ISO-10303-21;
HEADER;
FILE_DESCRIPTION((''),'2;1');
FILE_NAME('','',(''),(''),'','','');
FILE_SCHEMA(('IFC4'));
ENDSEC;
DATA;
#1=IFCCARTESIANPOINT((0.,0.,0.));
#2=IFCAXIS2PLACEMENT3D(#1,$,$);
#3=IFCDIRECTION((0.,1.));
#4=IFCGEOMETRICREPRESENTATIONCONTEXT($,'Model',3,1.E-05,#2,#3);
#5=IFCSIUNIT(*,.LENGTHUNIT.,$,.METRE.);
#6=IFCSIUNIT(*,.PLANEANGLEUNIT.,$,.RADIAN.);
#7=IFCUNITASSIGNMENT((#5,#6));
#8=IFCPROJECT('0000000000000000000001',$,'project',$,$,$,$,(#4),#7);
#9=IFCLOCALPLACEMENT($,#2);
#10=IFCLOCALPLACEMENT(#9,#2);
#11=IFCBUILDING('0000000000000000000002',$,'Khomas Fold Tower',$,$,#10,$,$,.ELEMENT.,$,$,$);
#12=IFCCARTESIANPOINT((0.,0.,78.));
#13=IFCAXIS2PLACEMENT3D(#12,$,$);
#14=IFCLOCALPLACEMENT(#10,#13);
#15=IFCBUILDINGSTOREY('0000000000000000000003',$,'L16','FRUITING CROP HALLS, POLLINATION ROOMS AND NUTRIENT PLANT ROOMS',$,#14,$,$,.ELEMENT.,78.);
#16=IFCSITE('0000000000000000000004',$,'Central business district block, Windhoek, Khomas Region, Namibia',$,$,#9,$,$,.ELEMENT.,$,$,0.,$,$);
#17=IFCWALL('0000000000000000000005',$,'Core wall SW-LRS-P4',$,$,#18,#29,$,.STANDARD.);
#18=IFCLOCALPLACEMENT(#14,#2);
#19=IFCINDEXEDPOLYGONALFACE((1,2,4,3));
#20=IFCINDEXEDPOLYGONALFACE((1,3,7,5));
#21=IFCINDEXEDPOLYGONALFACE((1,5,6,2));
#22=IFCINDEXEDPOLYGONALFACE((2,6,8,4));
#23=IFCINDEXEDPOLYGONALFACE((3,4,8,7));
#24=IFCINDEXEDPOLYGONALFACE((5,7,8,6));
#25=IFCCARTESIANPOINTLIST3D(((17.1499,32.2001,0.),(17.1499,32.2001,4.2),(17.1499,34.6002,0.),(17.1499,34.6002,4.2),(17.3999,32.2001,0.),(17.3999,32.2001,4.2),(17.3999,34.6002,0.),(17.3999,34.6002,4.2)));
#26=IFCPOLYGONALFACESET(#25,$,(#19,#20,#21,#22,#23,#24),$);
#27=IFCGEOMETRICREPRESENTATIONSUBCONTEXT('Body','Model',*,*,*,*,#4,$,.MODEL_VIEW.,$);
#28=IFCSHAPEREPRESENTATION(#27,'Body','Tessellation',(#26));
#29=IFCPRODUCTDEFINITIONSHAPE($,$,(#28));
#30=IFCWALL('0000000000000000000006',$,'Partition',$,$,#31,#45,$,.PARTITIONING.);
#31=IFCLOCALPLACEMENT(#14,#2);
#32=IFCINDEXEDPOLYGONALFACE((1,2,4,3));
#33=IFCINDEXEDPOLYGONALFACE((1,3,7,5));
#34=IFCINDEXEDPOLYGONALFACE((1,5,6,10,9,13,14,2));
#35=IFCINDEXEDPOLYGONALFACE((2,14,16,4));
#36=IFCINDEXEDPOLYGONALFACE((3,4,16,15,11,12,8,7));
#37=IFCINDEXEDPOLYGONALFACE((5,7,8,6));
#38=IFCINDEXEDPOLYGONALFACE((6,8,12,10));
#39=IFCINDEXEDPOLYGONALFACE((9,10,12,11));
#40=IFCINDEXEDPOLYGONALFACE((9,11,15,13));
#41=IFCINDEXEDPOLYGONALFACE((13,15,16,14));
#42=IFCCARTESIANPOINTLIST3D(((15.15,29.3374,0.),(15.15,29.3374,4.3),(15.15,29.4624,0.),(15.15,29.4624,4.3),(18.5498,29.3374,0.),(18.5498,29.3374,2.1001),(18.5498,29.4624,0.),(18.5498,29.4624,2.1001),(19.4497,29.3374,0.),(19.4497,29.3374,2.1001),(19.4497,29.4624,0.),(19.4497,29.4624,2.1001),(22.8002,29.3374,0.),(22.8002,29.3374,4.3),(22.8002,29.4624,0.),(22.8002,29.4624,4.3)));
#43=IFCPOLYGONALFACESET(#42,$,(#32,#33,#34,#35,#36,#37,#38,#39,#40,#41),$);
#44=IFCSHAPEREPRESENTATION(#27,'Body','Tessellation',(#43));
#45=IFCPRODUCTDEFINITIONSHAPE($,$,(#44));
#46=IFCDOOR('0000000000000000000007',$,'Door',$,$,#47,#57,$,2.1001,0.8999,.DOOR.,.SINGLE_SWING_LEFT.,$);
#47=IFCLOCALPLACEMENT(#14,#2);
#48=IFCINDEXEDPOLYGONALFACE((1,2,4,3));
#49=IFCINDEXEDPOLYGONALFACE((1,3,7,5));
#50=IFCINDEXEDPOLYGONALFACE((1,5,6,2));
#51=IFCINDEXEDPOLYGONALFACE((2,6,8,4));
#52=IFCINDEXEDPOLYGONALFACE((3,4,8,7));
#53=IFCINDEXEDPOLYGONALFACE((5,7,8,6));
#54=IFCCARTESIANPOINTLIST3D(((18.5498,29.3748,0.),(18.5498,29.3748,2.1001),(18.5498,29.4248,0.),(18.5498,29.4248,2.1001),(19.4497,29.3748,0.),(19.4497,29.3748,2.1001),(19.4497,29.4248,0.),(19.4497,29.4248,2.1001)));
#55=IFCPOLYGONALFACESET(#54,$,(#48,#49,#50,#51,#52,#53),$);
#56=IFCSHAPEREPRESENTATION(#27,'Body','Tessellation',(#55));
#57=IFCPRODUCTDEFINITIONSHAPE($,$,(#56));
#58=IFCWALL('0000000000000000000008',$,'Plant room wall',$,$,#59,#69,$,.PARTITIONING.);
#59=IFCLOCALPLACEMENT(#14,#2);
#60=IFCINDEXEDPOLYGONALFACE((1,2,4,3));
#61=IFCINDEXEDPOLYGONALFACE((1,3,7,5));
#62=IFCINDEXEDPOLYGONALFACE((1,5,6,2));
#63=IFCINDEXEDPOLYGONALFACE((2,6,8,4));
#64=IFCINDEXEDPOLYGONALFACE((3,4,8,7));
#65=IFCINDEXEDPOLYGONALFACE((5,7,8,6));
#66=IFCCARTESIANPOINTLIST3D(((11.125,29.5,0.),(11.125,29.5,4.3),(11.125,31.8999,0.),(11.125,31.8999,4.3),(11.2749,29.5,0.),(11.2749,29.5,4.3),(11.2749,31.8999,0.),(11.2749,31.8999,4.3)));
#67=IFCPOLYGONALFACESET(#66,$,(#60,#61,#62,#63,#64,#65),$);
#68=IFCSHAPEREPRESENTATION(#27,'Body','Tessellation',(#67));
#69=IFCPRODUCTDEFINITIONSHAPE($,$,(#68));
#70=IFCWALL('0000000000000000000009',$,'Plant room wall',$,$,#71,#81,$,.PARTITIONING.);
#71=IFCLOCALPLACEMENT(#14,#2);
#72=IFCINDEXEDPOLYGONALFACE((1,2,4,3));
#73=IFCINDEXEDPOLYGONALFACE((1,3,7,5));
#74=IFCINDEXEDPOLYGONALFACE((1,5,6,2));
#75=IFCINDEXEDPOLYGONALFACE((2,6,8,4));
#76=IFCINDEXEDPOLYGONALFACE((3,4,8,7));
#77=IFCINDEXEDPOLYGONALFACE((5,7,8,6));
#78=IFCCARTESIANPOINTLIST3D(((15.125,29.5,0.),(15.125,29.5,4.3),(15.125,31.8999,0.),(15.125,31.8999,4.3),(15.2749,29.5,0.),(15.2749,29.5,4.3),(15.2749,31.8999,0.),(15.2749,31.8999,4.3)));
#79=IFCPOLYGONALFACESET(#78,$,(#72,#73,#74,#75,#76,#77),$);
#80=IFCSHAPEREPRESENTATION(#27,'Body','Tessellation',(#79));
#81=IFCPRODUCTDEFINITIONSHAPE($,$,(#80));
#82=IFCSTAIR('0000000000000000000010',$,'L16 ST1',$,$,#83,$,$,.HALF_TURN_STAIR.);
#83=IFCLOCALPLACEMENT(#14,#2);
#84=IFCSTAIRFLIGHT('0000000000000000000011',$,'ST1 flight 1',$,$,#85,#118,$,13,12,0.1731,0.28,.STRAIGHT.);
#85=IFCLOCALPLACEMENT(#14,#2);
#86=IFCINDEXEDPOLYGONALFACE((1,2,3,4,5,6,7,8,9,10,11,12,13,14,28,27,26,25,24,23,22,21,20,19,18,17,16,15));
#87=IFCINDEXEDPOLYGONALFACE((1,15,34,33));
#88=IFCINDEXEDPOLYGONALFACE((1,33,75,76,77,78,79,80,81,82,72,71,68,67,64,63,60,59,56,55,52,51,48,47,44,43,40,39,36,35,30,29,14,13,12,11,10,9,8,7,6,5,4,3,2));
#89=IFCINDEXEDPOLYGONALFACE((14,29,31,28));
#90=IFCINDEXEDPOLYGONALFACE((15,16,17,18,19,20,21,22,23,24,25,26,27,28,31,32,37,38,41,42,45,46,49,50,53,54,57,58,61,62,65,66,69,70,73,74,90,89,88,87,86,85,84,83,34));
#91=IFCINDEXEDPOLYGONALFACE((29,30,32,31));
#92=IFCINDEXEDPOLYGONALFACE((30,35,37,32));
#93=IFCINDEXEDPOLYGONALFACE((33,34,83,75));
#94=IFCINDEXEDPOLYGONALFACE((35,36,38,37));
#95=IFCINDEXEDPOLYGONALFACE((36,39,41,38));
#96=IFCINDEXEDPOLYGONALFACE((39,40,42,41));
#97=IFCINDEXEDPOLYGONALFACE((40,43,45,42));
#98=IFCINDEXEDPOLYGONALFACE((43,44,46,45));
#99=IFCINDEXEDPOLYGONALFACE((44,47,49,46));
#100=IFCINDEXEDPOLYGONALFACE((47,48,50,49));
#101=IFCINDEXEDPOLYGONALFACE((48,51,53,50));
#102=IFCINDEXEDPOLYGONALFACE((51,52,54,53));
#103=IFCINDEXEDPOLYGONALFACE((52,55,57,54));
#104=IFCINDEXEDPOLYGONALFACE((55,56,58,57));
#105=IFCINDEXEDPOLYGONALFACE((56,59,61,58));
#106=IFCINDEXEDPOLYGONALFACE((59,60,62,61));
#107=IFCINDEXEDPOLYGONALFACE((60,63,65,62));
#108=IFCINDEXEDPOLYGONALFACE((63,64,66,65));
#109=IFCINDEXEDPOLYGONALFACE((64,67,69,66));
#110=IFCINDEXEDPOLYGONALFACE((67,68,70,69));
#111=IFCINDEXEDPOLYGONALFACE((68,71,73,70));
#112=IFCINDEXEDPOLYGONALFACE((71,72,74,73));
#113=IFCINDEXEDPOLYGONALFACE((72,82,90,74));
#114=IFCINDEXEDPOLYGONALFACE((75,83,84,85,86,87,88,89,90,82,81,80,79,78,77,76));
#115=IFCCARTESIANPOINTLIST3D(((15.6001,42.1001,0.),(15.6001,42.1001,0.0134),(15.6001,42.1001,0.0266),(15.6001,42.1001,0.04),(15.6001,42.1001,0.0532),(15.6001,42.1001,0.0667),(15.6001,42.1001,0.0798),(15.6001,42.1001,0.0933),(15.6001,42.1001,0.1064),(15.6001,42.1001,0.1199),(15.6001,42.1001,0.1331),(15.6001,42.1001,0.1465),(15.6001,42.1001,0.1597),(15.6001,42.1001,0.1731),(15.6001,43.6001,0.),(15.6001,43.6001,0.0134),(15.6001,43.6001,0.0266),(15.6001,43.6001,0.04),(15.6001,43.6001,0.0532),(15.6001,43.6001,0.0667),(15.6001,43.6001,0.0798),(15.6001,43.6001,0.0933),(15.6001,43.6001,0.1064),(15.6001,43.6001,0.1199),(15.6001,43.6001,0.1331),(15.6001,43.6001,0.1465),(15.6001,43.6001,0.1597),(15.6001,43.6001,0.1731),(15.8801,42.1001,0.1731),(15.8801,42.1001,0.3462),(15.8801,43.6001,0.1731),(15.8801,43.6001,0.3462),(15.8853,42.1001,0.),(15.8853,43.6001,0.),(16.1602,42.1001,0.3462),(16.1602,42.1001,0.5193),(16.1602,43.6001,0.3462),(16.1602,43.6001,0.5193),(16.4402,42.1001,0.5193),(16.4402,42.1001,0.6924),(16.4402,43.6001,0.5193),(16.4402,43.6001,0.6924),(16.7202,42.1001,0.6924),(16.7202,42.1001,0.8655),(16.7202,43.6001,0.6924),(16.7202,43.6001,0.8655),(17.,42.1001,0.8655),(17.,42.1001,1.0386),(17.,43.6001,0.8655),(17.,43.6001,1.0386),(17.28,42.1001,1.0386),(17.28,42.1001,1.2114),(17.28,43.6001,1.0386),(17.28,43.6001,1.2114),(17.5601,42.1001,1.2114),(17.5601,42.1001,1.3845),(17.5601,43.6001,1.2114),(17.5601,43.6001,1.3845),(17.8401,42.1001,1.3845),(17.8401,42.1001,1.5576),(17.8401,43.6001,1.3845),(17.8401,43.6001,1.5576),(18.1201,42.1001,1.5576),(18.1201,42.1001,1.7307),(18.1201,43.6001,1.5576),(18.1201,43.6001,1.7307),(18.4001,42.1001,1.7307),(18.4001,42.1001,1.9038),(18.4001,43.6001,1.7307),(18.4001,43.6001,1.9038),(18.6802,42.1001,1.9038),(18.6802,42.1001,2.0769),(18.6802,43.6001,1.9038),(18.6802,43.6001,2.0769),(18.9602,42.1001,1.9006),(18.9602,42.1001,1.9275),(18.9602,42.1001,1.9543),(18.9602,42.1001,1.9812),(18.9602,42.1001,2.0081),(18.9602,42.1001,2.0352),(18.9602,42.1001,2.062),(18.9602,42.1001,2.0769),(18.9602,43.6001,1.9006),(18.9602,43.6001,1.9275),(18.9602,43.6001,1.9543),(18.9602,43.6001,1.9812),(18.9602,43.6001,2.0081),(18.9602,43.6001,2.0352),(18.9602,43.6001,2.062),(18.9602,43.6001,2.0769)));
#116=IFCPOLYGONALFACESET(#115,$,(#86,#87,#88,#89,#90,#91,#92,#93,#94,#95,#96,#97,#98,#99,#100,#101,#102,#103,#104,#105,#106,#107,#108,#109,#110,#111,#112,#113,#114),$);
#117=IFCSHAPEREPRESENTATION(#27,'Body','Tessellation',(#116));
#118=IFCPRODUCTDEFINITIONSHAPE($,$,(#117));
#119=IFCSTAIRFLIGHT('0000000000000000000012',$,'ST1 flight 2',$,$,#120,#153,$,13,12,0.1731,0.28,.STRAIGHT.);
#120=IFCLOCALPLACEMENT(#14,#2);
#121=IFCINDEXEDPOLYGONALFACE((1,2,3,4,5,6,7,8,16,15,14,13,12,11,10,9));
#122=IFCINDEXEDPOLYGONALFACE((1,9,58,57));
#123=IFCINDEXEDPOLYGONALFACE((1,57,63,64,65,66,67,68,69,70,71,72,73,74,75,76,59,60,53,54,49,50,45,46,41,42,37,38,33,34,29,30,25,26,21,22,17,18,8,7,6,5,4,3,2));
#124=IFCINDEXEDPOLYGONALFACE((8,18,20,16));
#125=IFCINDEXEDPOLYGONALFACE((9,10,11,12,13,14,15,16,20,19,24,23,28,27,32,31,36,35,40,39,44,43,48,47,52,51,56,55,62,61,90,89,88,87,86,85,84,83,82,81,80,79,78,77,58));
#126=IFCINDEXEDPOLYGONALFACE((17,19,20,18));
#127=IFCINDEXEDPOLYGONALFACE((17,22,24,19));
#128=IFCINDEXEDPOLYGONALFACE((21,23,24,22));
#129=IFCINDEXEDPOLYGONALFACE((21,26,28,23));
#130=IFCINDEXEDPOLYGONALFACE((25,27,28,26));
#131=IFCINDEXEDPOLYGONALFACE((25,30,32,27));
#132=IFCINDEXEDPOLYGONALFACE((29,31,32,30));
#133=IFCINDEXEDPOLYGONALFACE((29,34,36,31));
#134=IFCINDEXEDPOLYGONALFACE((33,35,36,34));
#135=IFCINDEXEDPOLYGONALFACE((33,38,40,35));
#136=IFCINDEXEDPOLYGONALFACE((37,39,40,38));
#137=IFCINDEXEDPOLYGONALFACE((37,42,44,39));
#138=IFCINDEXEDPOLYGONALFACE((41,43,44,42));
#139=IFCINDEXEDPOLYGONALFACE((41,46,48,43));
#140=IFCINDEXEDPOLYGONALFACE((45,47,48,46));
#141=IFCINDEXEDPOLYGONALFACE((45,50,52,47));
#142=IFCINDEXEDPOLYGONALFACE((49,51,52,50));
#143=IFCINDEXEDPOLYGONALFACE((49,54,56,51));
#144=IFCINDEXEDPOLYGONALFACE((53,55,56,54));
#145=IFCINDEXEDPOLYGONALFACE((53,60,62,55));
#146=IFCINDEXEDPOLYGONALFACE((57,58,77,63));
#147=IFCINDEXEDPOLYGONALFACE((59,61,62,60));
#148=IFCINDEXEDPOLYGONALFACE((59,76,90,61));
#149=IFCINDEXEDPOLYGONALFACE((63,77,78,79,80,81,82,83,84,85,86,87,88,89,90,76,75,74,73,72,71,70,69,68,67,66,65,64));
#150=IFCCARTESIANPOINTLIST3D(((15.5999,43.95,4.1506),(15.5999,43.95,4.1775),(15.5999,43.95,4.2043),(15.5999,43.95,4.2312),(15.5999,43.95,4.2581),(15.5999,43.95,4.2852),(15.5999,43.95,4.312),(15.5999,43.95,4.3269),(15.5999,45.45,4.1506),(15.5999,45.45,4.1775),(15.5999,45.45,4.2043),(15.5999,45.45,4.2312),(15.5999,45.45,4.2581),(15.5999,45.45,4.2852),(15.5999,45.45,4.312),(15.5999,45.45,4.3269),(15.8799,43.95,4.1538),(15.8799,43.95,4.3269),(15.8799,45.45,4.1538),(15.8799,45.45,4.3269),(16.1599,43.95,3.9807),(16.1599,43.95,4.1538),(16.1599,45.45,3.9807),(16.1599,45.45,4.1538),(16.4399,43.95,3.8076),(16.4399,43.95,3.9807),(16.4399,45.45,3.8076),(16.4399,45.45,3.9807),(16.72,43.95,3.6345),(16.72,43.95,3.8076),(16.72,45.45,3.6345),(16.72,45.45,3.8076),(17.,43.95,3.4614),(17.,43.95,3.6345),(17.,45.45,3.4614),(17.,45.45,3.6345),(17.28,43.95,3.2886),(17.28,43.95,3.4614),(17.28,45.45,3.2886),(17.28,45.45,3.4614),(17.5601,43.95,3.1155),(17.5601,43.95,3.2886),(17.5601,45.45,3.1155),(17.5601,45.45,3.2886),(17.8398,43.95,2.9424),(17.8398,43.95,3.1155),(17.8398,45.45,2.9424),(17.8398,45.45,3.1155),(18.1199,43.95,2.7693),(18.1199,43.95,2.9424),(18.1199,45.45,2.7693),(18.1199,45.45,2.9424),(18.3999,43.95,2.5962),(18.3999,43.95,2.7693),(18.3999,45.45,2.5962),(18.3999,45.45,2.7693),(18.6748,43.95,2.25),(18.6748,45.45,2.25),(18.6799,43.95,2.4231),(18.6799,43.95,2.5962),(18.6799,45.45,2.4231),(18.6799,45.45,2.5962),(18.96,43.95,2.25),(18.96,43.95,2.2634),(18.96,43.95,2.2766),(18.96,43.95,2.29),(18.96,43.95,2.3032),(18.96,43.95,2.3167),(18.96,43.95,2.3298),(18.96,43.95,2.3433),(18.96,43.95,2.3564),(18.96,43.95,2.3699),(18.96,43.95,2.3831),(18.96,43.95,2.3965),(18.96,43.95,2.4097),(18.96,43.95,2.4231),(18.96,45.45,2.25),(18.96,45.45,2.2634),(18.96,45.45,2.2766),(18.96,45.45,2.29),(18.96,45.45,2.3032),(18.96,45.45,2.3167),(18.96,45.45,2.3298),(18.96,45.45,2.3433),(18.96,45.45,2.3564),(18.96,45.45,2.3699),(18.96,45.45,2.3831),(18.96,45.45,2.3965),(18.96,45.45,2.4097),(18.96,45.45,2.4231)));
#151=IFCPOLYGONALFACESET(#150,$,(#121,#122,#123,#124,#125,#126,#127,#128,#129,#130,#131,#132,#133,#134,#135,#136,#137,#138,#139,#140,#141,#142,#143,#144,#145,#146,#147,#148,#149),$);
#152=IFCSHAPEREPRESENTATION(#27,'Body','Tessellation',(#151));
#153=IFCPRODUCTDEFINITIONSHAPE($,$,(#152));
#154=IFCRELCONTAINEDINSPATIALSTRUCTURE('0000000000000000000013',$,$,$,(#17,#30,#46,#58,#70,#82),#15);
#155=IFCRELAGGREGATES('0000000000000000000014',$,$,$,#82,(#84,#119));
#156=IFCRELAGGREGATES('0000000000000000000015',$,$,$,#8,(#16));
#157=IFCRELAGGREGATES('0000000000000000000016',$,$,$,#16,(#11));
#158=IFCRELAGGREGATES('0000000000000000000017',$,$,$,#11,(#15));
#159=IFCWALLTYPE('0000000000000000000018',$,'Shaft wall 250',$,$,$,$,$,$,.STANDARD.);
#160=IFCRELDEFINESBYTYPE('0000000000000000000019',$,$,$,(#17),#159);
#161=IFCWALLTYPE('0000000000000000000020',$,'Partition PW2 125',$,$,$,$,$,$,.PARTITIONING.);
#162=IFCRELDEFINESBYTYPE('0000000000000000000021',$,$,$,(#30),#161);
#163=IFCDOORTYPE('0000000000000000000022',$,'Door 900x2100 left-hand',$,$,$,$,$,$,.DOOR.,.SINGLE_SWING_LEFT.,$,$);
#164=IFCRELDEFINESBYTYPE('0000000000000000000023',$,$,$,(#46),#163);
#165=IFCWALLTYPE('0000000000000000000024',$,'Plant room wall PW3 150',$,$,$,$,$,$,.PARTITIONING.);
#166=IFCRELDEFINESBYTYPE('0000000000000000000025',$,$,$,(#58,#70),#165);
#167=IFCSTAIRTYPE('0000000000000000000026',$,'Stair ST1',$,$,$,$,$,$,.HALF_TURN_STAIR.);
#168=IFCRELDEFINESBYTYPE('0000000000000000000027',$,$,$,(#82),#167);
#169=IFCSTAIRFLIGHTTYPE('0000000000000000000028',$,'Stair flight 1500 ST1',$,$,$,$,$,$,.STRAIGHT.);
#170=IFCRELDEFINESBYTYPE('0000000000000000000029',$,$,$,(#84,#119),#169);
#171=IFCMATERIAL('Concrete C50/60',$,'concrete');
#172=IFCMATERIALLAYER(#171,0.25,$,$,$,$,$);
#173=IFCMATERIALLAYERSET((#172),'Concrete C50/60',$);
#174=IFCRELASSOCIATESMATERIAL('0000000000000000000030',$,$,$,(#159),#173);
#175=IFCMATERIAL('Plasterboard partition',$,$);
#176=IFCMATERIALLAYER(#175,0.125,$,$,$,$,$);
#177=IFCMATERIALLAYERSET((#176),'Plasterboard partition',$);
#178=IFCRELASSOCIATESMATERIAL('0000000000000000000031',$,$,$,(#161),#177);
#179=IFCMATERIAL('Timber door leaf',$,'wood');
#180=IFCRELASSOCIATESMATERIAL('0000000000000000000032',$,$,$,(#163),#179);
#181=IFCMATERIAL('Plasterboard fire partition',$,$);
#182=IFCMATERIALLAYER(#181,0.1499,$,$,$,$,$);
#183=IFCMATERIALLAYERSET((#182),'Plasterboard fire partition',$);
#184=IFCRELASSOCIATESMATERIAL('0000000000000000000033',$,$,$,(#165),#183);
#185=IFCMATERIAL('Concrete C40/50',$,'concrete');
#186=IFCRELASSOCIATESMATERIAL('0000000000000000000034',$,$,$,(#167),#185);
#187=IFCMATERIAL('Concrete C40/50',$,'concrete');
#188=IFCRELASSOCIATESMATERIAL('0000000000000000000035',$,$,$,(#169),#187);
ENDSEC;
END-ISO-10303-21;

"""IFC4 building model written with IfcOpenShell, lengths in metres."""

from ifc_helpers import new_model, si_unit, direction, frame, frame_2d, origin, place, context, subcontext, project, spatial, polyline, rectangle, outline, extrude, source, transform, mapped, material, layer, layer_set, type_object, element, fill, aggregate, save


model = new_model("IFC4")

# Units and contexts
model_context = context("Model", 3, precision=1e-05, world=origin(), true_north=direction((0.0, 1.0)))
body_context = subcontext(model_context, "Body", "Model", "MODEL_VIEW")
ifc_project = project(units=[si_unit("LENGTHUNIT", "METRE"), si_unit("PLANEANGLEUNIT", "RADIAN")], contexts=[model_context])

# Site, building, storey
site_placement = place(None, origin())
site = spatial("IfcSite", under=ifc_project, at=site_placement, Name="Central business district block, Windhoek, Khomas Region, Namibia", CompositionType="ELEMENT", RefElevation=0.0)
building_placement = place(site_placement, origin())
building = spatial("IfcBuilding", under=site, at=building_placement, Name="Khomas Fold Tower", CompositionType="ELEMENT")
storey_placement = place(building_placement, frame((0.0, 0.0, 78.0)))
storey = spatial("IfcBuildingStorey", under=building, at=storey_placement, Name="L16", Description="FRUITING CROP HALLS, POLLINATION ROOMS AND NUTRIENT PLANT ROOMS", CompositionType="ELEMENT", Elevation=78.0)

# Wall
ifc_material_1 = material(Name="Concrete C50/60", Category="concrete")
ifc_layer_1 = layer(ifc_material_1, 0.25)
ifc_layer_set_1 = layer_set([ifc_layer_1], Name="Concrete C50/60")
wall_type_1 = type_object("IfcWallType", Name="Shaft wall 250", PredefinedType="STANDARD", material=ifc_layer_set_1)
shared_shape_1 = source(origin(), body_context, "Body", "SweptSolid", [
    extrude(rectangle(XDim=2.4001, YDim=0.25, at=frame_2d((1.2002, 0.0))), origin(), (0.0, 0.0, 1.0), 4.2),
])
for number, where, z_axis, x_axis, name in (
    (1, (17.2749, 32.2, 0.0), (0.0, 0.0, 1.0), (0.0, 1.0, 0.0), "Core wall SW-LRS-P4"),
):
    element("IfcWall", number, at=place(storey_placement, frame(where, z_axis=z_axis, x_axis=x_axis)), inside=storey, type_object=wall_type_1, Name=name, PredefinedType="STANDARD", context=body_context, shape_type="MappedRepresentation", body=[
        mapped(shared_shape_1, transform((0.0, 0.0, 0.0))),
    ])

# Wall, opening, door
ifc_material_2 = material(Name="Plasterboard partition")
ifc_layer_2 = layer(ifc_material_2, 0.125)
ifc_layer_set_2 = layer_set([ifc_layer_2], Name="Plasterboard partition")
wall_type_2 = type_object("IfcWallType", Name="Partition PW2 125", PredefinedType="PARTITIONING", material=ifc_layer_set_2)
shared_shape_2 = source(origin(), body_context, "Body", "SweptSolid", [
    extrude(rectangle(XDim=7.6501, YDim=0.125, at=frame_2d((3.8252, 0.0))), origin(), (0.0, 0.0, 1.0), 4.3),
])
wall_1_placement = place(storey_placement, frame((15.1499, 29.3999, 0.0), z_axis=(0.0, 0.0, 1.0), x_axis=(1.0, 0.0, 0.0)))
wall_1 = element("IfcWall", 2, at=wall_1_placement, inside=storey, type_object=wall_type_2, Name="Partition", PredefinedType="PARTITIONING", context=body_context, shape_type="MappedRepresentation", body=[
    mapped(shared_shape_2, transform((0.0, 0.0, 0.0))),
])
shared_shape_3 = source(origin(), body_context, "Body", "SweptSolid", [
    extrude(rectangle(XDim=0.8999, YDim=2.1001, at=frame_2d((0.45, 1.05))), frame((0.0, 0.0725, 0.0), z_axis=(0.0, -1.0, 0.0), x_axis=(1.0, 0.0, 0.0)), (0.0, 0.0, 1.0), 0.145),
])
opening_1_placement = place(wall_1_placement, frame((3.3999, 0.0, 0.0)))
opening_1 = element("IfcOpeningElement", 3, at=opening_1_placement, cuts=wall_1, PredefinedType="OPENING", context=body_context, shape_type="MappedRepresentation", body=[
    mapped(shared_shape_3, transform((0.0, 0.0, 0.0))),
])
ifc_material_3 = material(Name="Timber door leaf", Category="wood")
door_type_1 = type_object("IfcDoorType", Name="Door 900x2100 left-hand", OperationType="SINGLE_SWING_LEFT", PredefinedType="DOOR", material=ifc_material_3)
shared_shape_4 = source(origin(), body_context, "Body", "SweptSolid", [
    extrude(rectangle(XDim=0.8999, YDim=2.1001, at=frame_2d((0.45, 1.05))), frame((0.0, 0.0249, 0.0), z_axis=(0.0, -1.0, 0.0), x_axis=(1.0, 0.0, 0.0)), (0.0, 0.0, 1.0), 0.05),
])
door_1_placement = place(opening_1_placement, origin())
door_1 = element("IfcDoor", 4, at=door_1_placement, inside=storey, type_object=door_type_1, Name="Door", OperationType="SINGLE_SWING_LEFT", OverallHeight=2.1001, OverallWidth=0.8999, PredefinedType="DOOR", context=body_context, shape_type="MappedRepresentation", body=[
    mapped(shared_shape_4, transform((0.0, 0.0, 0.0))),
])
fill(opening_1, door_1)

# Walls
ifc_material_4 = material(Name="Plasterboard fire partition")
ifc_layer_3 = layer(ifc_material_4, 0.1499)
ifc_layer_set_3 = layer_set([ifc_layer_3], Name="Plasterboard fire partition")
wall_type_3 = type_object("IfcWallType", Name="Plant room wall PW3 150", PredefinedType="PARTITIONING", material=ifc_layer_set_3)
shared_shape_5 = source(origin(), body_context, "Body", "SweptSolid", [
    extrude(rectangle(XDim=2.3999, YDim=0.1499, at=frame_2d((1.2, 0.0))), origin(), (0.0, 0.0, 1.0), 4.3),
])
for number, where, z_axis, x_axis, name in (
    (5, (11.2, 29.5, 0.0), (0.0, 0.0, 1.0), (0.0, 1.0, 0.0), "Plant room wall"),
    (6, (15.2, 29.5, 0.0), (0.0, 0.0, 1.0), (0.0, 1.0, 0.0), "Plant room wall"),
):
    element("IfcWall", number, at=place(storey_placement, frame(where, z_axis=z_axis, x_axis=x_axis)), inside=storey, type_object=wall_type_3, Name=name, PredefinedType="PARTITIONING", context=body_context, shape_type="MappedRepresentation", body=[
        mapped(shared_shape_5, transform((0.0, 0.0, 0.0))),
    ])

# Stair, stair flights
ifc_material_5 = material(Name="Concrete C40/50", Category="concrete")
stair_type = type_object("IfcStairType", Name="Stair ST1", PredefinedType="HALF_TURN_STAIR", material=ifc_material_5)
stair_placement = place(storey_placement, origin())
stair = element("IfcStair", 7, at=stair_placement, inside=storey, type_object=stair_type, Name="L16 ST1", PredefinedType="HALF_TURN_STAIR")
ifc_material_6 = material(Name="Concrete C40/50", Category="concrete")
stair_flight_type = type_object("IfcStairFlightType", Name="Stair flight 1500 ST1", PredefinedType="STRAIGHT", material=ifc_material_6)
shared_shape_6 = source(origin(), body_context, "Body", "SweptSolid", [
    extrude(outline(polyline([(0.0, 0.0), (0.0, 0.0134), (0.0, 0.0266), (0.0, 0.04), (0.0, 0.0532), (0.0, 0.0667), (0.0, 0.0798), (0.0, 0.0933), (0.0, 0.1064), (0.0, 0.1199), (0.0, 0.1331), (0.0, 0.1465), (0.0, 0.1597), (0.0, 0.1731), (0.28, 0.1731), (0.28, 0.3462), (0.5601, 0.3462), (0.5601, 0.5193), (0.8401, 0.5193), (0.8401, 0.6924), (1.1201, 0.6924), (1.1201, 0.8655), (1.3999, 0.8655), (1.3999, 1.0386), (1.6799, 1.0386), (1.6799, 1.2114), (1.96, 1.2114), (1.96, 1.3845), (2.24, 1.3845), (2.24, 1.5576), (2.52, 1.5576), (2.52, 1.7307), (2.8, 1.7307), (2.8, 1.9038), (3.0801, 1.9038), (3.0801, 2.0769), (3.3601, 2.0769), (3.3601, 2.25), (3.3601, 2.2231), (3.3601, 2.1963), (3.3601, 2.1694), (3.3601, 2.1426), (3.3601, 2.1157), (3.3601, 2.0889), (3.3601, 2.062), (3.3601, 2.0352), (3.3601, 2.0081), (3.3601, 1.9812), (3.3601, 1.9543), (3.3601, 1.9275), (3.3601, 1.9006), (0.2852, 0.0), (0.0, 0.0)])), frame((0.0, 0.75, 0.0), z_axis=(0.0, -1.0, 0.0), x_axis=(1.0, 0.0, 0.0)), (0.0, 0.0, 1.0), 1.5),
])
stair_flight_1_placement = place(storey_placement, frame((15.6001, 42.8501, 0.0), z_axis=(0.0, 0.0, 1.0), x_axis=(1.0, 0.0, 0.0)))
stair_flight_1 = element("IfcStairFlight", 8, at=stair_flight_1_placement, type_object=stair_flight_type, Name="ST1 flight 1", NumberOfRisers=13, NumberOfTreads=12, PredefinedType="STRAIGHT", RiserHeight=0.1731, TreadLength=0.28, context=body_context, shape_type="MappedRepresentation", body=[
    mapped(shared_shape_6, transform((0.0, 0.0, 0.0))),
])
stair_flight_2_placement = place(storey_placement, frame((18.96, 44.7, 2.25), z_axis=(0.0, 0.0, 1.0), x_axis=(-1.0, 0.0, 0.0)))
stair_flight_2 = element("IfcStairFlight", 9, at=stair_flight_2_placement, type_object=stair_flight_type, Name="ST1 flight 2", NumberOfRisers=13, NumberOfTreads=12, PredefinedType="STRAIGHT", RiserHeight=0.1731, TreadLength=0.28, context=body_context, shape_type="MappedRepresentation", body=[
    mapped(shared_shape_6, transform((0.0, 0.0, 0.0))),
])
aggregate(stair, [stair_flight_1, stair_flight_2])

save(model, "model.ifc")
